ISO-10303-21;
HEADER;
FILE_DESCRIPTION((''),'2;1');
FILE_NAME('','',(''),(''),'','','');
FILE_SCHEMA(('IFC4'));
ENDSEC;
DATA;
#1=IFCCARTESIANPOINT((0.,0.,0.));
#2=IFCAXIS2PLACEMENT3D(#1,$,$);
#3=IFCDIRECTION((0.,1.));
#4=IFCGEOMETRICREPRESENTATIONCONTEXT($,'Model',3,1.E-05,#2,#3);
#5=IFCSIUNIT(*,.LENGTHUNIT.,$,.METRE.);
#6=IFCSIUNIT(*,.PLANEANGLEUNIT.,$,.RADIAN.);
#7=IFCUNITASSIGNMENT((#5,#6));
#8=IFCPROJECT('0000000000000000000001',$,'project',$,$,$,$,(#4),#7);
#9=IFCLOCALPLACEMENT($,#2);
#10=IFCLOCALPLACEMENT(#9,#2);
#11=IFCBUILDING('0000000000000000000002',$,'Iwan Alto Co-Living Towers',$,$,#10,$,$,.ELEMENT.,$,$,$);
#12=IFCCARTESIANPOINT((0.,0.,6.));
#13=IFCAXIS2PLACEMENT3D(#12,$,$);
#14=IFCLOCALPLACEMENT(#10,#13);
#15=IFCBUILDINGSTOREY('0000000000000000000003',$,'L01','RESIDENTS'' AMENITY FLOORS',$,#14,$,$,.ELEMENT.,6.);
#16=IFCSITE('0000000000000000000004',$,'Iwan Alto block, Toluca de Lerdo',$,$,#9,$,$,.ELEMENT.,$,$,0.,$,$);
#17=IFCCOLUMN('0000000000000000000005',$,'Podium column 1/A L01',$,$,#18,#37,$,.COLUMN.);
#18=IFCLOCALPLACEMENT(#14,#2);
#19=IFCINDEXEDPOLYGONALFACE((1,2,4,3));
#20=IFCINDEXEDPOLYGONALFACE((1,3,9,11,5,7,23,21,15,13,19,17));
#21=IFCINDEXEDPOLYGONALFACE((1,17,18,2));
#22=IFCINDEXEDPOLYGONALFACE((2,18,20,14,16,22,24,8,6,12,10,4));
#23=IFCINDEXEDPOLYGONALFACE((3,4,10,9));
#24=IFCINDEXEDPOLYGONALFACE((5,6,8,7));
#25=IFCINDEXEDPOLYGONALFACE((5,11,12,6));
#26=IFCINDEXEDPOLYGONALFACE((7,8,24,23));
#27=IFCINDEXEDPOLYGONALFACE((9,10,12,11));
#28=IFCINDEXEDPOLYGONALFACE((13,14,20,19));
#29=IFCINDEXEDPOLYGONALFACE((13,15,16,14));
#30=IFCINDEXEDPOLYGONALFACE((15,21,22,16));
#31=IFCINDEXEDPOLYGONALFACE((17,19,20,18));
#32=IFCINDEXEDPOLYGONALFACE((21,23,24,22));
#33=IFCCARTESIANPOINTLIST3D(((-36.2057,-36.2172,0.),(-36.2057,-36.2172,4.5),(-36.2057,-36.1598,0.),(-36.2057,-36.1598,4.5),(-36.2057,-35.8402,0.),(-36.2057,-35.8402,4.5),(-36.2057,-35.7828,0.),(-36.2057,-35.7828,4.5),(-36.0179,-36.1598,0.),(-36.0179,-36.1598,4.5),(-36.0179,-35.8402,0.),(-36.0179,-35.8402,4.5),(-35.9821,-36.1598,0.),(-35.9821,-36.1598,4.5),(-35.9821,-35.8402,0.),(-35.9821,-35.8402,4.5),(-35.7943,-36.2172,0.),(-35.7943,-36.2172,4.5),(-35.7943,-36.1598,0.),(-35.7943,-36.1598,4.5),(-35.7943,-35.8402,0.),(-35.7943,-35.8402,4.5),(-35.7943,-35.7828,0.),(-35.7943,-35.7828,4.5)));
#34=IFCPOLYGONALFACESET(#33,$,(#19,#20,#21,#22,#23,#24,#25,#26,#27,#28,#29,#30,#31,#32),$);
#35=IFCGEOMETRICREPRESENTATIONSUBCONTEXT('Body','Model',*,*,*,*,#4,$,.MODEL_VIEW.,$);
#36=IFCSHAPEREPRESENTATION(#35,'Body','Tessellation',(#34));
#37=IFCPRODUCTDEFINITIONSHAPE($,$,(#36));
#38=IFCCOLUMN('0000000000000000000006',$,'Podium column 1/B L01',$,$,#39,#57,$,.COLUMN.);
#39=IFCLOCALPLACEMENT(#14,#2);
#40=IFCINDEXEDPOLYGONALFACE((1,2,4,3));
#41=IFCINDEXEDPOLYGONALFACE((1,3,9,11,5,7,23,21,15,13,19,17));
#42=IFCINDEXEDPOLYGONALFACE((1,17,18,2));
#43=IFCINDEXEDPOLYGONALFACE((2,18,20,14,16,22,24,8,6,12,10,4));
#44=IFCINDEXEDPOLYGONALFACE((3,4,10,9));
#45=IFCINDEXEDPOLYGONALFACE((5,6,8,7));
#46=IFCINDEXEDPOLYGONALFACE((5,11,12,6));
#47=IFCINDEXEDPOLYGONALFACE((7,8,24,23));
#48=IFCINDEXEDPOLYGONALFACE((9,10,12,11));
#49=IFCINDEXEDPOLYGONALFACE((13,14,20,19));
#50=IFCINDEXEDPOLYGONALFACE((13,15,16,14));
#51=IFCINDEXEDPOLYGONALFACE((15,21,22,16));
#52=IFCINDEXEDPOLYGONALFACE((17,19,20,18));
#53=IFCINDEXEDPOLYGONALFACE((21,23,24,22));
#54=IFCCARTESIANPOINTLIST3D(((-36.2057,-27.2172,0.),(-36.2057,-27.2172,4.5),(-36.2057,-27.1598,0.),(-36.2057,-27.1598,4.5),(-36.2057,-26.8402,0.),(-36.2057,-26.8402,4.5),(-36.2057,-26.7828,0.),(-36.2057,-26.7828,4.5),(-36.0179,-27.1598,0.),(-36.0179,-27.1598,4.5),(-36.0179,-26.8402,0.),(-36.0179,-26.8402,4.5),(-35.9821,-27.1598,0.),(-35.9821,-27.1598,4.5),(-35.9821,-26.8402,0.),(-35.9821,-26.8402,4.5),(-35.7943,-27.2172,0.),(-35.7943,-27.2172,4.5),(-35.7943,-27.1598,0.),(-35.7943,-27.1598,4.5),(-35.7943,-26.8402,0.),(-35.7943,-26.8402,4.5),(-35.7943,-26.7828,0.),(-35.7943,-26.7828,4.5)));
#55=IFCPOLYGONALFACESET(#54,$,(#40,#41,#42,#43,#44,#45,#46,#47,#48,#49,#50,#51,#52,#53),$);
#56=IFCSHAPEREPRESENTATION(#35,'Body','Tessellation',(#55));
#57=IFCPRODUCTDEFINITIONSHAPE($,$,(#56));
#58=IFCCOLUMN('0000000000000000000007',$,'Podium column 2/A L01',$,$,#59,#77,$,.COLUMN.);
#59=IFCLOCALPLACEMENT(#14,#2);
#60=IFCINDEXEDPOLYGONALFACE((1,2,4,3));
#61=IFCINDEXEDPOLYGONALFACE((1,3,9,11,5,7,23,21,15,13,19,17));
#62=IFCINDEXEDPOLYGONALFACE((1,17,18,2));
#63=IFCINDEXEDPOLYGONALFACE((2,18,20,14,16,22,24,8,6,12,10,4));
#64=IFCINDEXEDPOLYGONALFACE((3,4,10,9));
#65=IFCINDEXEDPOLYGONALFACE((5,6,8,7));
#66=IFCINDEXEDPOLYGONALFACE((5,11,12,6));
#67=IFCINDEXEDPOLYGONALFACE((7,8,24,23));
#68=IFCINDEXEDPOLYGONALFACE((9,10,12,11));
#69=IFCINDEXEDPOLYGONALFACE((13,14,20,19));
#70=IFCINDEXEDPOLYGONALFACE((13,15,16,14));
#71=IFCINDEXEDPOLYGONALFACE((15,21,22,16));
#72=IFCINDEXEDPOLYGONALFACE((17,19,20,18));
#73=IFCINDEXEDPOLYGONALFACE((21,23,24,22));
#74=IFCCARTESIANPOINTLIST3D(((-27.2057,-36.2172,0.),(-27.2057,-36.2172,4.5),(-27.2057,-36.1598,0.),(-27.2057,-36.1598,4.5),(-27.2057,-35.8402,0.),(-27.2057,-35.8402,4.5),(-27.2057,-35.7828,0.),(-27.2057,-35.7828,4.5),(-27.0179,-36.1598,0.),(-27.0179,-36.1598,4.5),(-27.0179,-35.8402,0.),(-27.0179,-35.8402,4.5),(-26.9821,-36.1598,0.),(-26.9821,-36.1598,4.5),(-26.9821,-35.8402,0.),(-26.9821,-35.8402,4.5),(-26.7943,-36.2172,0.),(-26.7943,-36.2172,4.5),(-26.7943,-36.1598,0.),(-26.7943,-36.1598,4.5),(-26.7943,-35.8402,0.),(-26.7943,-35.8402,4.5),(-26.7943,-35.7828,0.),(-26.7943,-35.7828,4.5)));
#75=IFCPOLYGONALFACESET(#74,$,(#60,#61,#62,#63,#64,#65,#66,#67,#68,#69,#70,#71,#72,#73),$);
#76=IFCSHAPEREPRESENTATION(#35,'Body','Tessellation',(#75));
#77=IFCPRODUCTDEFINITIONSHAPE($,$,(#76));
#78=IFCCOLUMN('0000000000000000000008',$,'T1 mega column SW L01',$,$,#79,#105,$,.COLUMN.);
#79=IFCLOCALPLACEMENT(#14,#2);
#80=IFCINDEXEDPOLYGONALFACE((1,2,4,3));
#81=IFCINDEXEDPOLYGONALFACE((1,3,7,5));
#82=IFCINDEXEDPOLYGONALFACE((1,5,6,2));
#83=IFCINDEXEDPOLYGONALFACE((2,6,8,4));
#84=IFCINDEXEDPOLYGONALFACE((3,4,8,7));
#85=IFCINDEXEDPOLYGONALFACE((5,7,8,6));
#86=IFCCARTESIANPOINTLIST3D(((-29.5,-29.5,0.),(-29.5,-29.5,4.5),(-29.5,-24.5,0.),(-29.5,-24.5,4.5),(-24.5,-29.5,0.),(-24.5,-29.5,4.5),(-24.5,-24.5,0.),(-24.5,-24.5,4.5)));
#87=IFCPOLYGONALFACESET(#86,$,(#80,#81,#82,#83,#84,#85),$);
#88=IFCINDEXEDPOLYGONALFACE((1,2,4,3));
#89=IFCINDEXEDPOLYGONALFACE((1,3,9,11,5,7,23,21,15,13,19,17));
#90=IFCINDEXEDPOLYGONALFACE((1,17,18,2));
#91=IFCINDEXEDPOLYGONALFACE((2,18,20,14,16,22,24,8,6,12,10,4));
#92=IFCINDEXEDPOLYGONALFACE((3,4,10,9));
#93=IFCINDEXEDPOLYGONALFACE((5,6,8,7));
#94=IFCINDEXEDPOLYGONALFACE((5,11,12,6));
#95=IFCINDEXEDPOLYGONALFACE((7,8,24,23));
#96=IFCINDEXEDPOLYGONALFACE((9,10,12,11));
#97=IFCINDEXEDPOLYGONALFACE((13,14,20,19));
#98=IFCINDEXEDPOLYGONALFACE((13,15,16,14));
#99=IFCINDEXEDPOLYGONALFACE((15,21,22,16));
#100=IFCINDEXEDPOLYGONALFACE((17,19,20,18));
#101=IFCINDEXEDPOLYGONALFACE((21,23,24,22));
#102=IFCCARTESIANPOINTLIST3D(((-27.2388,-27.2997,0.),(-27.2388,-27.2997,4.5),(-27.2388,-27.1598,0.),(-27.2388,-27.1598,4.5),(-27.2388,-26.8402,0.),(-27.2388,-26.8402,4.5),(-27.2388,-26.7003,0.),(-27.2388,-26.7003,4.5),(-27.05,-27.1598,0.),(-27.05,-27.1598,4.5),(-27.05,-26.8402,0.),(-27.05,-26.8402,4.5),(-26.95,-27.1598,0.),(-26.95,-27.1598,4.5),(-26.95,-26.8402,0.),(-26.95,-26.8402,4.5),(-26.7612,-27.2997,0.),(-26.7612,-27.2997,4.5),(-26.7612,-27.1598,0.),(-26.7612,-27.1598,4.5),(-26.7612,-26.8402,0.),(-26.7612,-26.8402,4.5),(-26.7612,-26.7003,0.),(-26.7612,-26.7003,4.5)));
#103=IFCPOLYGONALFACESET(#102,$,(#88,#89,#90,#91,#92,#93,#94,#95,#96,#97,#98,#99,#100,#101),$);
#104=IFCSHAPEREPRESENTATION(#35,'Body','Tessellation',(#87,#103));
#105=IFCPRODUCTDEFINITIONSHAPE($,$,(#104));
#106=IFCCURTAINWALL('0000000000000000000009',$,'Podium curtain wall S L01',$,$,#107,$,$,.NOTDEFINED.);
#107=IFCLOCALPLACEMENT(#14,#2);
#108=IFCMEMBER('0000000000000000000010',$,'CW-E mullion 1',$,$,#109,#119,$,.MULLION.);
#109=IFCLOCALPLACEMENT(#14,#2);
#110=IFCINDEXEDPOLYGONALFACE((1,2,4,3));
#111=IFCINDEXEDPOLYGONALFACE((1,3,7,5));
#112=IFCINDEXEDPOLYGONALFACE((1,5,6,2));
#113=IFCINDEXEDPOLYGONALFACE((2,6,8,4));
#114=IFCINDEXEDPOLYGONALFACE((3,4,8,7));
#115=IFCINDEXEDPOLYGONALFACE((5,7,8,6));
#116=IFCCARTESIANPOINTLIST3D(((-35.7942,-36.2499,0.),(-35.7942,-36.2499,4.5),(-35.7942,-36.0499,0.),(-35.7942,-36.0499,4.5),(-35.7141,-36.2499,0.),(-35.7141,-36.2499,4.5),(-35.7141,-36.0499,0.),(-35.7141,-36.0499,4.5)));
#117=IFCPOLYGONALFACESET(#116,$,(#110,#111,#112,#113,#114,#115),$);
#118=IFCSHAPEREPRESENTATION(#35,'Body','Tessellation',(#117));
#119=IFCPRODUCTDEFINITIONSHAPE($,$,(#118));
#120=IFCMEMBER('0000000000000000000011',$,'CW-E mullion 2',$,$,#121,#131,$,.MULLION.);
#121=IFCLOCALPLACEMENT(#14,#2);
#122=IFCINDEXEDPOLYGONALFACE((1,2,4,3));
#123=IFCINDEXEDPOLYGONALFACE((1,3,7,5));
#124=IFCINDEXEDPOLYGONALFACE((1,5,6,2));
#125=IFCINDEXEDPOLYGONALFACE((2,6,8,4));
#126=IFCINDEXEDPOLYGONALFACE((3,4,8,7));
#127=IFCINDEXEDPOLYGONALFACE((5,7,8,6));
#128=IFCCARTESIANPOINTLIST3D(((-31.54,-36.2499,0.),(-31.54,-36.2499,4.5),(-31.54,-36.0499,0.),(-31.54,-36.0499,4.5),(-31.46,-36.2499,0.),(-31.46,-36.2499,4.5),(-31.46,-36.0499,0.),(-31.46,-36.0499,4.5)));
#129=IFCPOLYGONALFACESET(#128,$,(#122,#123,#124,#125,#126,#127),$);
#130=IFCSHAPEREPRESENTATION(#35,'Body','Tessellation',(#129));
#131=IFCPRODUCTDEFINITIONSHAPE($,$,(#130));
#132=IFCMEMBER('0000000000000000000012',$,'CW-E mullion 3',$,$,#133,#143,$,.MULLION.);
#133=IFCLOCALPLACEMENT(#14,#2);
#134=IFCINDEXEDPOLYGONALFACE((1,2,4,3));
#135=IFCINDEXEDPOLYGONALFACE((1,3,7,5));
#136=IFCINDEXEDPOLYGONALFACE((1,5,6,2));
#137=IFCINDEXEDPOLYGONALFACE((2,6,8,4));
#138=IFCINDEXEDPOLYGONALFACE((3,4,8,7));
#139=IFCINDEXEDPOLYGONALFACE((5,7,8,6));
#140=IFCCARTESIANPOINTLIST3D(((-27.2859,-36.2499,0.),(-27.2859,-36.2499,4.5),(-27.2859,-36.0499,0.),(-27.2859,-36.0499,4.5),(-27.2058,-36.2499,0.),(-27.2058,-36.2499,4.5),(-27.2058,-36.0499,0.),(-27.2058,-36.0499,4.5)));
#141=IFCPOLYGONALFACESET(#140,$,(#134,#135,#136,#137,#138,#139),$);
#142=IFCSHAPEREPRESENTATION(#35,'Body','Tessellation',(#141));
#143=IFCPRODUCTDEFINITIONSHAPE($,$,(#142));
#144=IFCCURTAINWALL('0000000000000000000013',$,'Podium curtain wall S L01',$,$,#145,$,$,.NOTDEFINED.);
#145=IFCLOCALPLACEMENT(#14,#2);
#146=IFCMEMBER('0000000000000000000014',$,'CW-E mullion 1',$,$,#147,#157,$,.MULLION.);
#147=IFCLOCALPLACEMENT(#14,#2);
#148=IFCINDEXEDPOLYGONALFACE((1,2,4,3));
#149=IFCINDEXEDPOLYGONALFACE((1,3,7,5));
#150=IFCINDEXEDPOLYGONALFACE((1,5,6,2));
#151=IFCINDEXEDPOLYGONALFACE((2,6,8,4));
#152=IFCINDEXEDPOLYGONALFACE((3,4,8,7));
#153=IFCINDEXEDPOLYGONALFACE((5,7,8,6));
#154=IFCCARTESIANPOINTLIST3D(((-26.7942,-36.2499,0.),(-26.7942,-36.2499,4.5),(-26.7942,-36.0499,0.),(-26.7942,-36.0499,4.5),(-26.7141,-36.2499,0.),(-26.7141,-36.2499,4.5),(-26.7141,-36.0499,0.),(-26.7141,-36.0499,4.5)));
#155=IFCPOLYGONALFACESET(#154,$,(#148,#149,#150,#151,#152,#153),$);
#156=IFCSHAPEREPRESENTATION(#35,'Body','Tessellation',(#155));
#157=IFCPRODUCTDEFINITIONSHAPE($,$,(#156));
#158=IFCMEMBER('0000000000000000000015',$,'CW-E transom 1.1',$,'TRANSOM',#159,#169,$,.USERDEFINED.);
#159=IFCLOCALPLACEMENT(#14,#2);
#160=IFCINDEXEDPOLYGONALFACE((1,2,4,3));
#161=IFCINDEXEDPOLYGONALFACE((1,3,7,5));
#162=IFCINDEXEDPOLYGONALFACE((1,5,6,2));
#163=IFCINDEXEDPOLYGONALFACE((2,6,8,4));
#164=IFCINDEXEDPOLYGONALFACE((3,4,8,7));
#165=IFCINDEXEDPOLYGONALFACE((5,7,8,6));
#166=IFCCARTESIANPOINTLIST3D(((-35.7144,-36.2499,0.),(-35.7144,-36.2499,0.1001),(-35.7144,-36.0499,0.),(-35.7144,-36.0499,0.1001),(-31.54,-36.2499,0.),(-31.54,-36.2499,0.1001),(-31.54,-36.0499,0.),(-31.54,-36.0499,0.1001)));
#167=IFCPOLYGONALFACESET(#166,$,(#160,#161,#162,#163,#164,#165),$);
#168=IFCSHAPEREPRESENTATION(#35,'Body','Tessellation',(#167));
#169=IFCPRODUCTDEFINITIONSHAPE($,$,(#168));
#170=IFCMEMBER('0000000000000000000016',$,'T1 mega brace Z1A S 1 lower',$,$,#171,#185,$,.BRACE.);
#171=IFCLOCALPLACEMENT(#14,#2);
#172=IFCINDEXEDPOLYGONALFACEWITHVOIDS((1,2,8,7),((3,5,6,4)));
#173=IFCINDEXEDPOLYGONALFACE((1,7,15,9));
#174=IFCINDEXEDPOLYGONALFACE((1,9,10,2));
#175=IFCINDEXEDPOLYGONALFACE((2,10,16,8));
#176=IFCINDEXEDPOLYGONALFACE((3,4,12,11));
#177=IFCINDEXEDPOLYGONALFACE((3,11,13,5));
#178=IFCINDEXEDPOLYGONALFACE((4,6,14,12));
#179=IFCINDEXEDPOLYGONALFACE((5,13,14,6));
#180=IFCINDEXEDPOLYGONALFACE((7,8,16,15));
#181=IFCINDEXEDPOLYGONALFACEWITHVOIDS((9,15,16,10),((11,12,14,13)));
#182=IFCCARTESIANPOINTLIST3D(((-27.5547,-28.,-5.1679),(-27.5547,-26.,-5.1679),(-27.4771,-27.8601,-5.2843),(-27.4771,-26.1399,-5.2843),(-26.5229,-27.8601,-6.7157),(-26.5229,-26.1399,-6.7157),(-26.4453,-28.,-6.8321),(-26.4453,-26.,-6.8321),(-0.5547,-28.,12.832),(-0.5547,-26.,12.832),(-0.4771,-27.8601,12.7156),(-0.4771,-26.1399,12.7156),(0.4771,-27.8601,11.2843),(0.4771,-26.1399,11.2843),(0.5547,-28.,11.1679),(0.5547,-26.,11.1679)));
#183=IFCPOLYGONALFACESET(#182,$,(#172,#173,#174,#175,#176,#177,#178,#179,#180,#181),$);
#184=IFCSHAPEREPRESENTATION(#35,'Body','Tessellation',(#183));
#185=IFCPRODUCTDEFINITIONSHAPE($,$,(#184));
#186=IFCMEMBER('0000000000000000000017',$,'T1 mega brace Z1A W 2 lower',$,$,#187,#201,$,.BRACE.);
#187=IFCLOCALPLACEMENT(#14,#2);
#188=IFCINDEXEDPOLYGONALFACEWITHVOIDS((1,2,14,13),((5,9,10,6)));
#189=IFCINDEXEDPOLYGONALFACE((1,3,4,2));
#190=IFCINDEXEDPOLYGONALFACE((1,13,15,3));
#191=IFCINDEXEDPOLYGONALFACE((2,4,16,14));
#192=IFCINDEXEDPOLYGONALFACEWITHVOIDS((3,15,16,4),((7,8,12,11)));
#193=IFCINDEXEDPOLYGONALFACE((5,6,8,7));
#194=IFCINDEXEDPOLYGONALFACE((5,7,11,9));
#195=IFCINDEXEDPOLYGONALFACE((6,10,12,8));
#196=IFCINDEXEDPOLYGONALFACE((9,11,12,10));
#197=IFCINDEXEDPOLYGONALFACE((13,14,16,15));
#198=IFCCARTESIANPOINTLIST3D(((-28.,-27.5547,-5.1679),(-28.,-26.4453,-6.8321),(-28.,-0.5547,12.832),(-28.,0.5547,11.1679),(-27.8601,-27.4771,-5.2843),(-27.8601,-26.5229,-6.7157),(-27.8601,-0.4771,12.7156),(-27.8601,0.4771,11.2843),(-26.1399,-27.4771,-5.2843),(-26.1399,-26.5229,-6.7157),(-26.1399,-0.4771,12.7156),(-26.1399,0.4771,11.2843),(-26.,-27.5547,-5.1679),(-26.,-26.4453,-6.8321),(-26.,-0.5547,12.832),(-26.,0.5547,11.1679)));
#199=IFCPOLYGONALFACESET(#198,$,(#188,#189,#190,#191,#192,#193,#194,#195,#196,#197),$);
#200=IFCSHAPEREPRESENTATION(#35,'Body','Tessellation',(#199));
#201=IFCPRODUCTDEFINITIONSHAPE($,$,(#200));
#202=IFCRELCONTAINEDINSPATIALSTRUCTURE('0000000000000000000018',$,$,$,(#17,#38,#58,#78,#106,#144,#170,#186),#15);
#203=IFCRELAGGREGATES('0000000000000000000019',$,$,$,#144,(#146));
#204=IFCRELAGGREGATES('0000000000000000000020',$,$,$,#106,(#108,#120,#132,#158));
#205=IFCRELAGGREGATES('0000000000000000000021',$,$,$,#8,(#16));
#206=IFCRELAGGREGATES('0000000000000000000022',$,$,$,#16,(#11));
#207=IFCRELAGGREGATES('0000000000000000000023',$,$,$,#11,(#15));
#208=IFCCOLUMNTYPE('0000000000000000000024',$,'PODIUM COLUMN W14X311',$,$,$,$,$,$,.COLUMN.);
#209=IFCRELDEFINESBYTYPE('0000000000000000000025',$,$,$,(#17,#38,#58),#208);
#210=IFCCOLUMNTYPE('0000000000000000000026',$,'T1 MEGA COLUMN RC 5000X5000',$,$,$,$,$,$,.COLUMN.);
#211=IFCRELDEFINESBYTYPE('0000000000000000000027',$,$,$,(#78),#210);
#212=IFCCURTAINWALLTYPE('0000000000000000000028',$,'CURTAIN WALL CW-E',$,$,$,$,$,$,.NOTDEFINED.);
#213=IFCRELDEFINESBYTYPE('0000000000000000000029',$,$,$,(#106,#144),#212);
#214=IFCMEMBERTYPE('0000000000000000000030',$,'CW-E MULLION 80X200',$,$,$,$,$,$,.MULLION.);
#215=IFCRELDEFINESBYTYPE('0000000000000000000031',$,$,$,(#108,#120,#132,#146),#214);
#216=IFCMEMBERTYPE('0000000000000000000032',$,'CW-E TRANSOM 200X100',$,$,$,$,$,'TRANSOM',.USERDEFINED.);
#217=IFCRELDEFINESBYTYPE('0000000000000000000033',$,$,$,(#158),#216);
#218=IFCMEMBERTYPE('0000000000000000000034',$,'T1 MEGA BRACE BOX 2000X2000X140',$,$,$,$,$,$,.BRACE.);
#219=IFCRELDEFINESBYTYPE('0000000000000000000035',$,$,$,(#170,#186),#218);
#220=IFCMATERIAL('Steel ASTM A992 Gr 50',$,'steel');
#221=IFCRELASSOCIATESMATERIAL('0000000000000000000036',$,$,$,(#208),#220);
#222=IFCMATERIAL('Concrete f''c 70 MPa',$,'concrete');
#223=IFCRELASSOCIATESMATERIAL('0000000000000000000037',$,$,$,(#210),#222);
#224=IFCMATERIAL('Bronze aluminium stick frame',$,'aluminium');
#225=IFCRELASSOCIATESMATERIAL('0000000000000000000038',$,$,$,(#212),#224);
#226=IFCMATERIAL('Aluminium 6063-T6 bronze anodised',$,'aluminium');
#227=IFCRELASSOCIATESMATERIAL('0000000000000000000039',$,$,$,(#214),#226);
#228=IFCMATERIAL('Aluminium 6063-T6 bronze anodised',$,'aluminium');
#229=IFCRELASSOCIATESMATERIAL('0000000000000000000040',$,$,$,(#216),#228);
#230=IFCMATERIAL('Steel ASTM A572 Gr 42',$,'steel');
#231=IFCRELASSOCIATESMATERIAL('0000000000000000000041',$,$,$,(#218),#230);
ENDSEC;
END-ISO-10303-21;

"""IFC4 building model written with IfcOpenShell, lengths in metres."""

from ifc_helpers import new_model, si_unit, direction, frame, origin, origin_2d, place, context, subcontext, project, spatial, rectangle, hollow_rectangle, i_section, extrude, material, material_profile, profile_set, type_object, element, aggregate, save


model = new_model("IFC4")

# Units and contexts
model_context = context("Model", 3, precision=1e-05, world=origin(), true_north=direction((0.0, 1.0)))
body_context = subcontext(model_context, "Body", "Model", "MODEL_VIEW")
ifc_project = project(units=[si_unit("LENGTHUNIT", "METRE"), si_unit("PLANEANGLEUNIT", "RADIAN")], contexts=[model_context])

# Site, building, storey
site_placement = place(None, origin())
site = spatial("IfcSite", under=ifc_project, at=site_placement, Name="Iwan Alto block, Toluca de Lerdo", CompositionType="ELEMENT", RefElevation=0.0)
building_placement = place(site_placement, origin())
building = spatial("IfcBuilding", under=site, at=building_placement, Name="Iwan Alto Co-Living Towers", CompositionType="ELEMENT")
storey_placement = place(building_placement, frame((0.0, 0.0, 6.0)))
storey = spatial("IfcBuildingStorey", under=building, at=storey_placement, Name="L01", Description="RESIDENTS' AMENITY FLOORS", CompositionType="ELEMENT", Elevation=6.0)

# Columns
ifc_material_1 = material(Name="Steel ASTM A992 Gr 50", Category="steel")
ifc_material_profile_1 = material_profile(ifc_material_1, i_section(OverallWidth=0.4114, OverallDepth=0.4343, WebThickness=0.0359, FlangeThickness=0.0574, at=origin_2d()), Name="W14X311")
ifc_profile_set_1 = profile_set([ifc_material_profile_1], Name="Steel ASTM A992 Gr 50")
column_type_1 = type_object("IfcColumnType", Name="PODIUM COLUMN W14X311", PredefinedType="COLUMN", material=ifc_profile_set_1)
for number, where, z_axis, x_axis, name in (
    (1, (-36.0, -36.0, 0.0), (0.0, 0.0, 1.0), (1.0, 0.0, 0.0), "Podium column 1/A L01"),
    (2, (-36.0, -27.0, 0.0), (0.0, 0.0, 1.0), (1.0, 0.0, 0.0), "Podium column 1/B L01"),
    (3, (-27.0, -36.0, 0.0), (0.0, 0.0, 1.0), (1.0, 0.0, 0.0), "Podium column 2/A L01"),
):
    element("IfcColumn", number, at=place(storey_placement, frame(where, z_axis=z_axis, x_axis=x_axis)), inside=storey, type_object=column_type_1, Name=name, PredefinedType="COLUMN", context=body_context, shape_type="SweptSolid", body=[
        extrude(i_section(OverallWidth=0.4114, OverallDepth=0.4343, WebThickness=0.0359, FlangeThickness=0.0574, at=origin_2d()), origin(), (0.0, 0.0, 1.0), 4.5),
    ])
ifc_material_2 = material(Name="Concrete f'c 70 MPa", Category="concrete")
ifc_material_profile_2 = material_profile(ifc_material_2, rectangle(XDim=5.0, YDim=5.0, at=origin_2d()), Name="RC 5000X5000")
ifc_profile_set_2 = profile_set([ifc_material_profile_2], Name="Concrete f'c 70 MPa")
column_type_2 = type_object("IfcColumnType", Name="T1 MEGA COLUMN RC 5000X5000", PredefinedType="COLUMN", material=ifc_profile_set_2)
column_placement = place(storey_placement, frame((-27.0, -27.0, 0.0), z_axis=(0.0, 0.0, 1.0), x_axis=(1.0, 0.0, 0.0)))
element("IfcColumn", 4, at=column_placement, inside=storey, type_object=column_type_2, Name="T1 mega column SW L01", PredefinedType="COLUMN", context=body_context, shape_type="SweptSolid", body=[
    extrude(rectangle(XDim=5.0, YDim=5.0, at=origin_2d()), origin(), (0.0, 0.0, 1.0), 4.5),
    extrude(i_section(OverallWidth=0.4775, OverallDepth=0.5994, WebThickness=0.1001, FlangeThickness=0.1399, at=origin_2d()), origin(), (0.0, 0.0, 1.0), 4.5),
])

# Curtain wall, members
ifc_material_3 = material(Name="Bronze aluminium stick frame", Category="aluminium")
curtain_wall_type = type_object("IfcCurtainWallType", Name="CURTAIN WALL CW-E", PredefinedType="NOTDEFINED", material=ifc_material_3)
curtain_wall_1_placement = place(storey_placement, origin())
curtain_wall_1 = element("IfcCurtainWall", 5, at=curtain_wall_1_placement, inside=storey, type_object=curtain_wall_type, Name="Podium curtain wall S L01", PredefinedType="NOTDEFINED")
ifc_material_4 = material(Name="Aluminium 6063-T6 bronze anodised", Category="aluminium")
ifc_material_profile_3 = material_profile(ifc_material_4, rectangle(XDim=0.2, YDim=0.0801, at=origin_2d()), Name="AL 80X200")
ifc_profile_set_3 = profile_set([ifc_material_profile_3], Name="Aluminium 6063-T6 bronze anodised")
member_type_1 = type_object("IfcMemberType", Name="CW-E MULLION 80X200", PredefinedType="MULLION", material=ifc_profile_set_3)
member_1_placement = place(storey_placement, frame((-35.7542, -36.1499, 0.0), z_axis=(0.0, 0.0, 1.0), x_axis=(0.0, 1.0, 0.0)))
member_1 = element("IfcMember", 6, at=member_1_placement, type_object=member_type_1, Name="CW-E mullion 1", PredefinedType="MULLION", context=body_context, shape_type="SweptSolid", body=[
    extrude(rectangle(XDim=0.2, YDim=0.0801, at=origin_2d()), origin(), (0.0, 0.0, 1.0), 4.5),
])
member_2_placement = place(storey_placement, frame((-31.5, -36.1499, 0.0), z_axis=(0.0, 0.0, 1.0), x_axis=(0.0, 1.0, 0.0)))
member_2 = element("IfcMember", 7, at=member_2_placement, type_object=member_type_1, Name="CW-E mullion 2", PredefinedType="MULLION", context=body_context, shape_type="SweptSolid", body=[
    extrude(rectangle(XDim=0.2, YDim=0.0801, at=origin_2d()), origin(), (0.0, 0.0, 1.0), 4.5),
])
member_3_placement = place(storey_placement, frame((-27.2458, -36.1499, 0.0), z_axis=(0.0, 0.0, 1.0), x_axis=(0.0, 1.0, 0.0)))
member_3 = element("IfcMember", 8, at=member_3_placement, type_object=member_type_1, Name="CW-E mullion 3", PredefinedType="MULLION", context=body_context, shape_type="SweptSolid", body=[
    extrude(rectangle(XDim=0.2, YDim=0.0801, at=origin_2d()), origin(), (0.0, 0.0, 1.0), 4.5),
])

# Curtain wall, member
curtain_wall_2_placement = place(storey_placement, origin())
curtain_wall_2 = element("IfcCurtainWall", 9, at=curtain_wall_2_placement, inside=storey, type_object=curtain_wall_type, Name="Podium curtain wall S L01", PredefinedType="NOTDEFINED")
member_4_placement = place(storey_placement, frame((-26.7542, -36.1499, 0.0), z_axis=(0.0, 0.0, 1.0), x_axis=(0.0, 1.0, 0.0)))
member_4 = element("IfcMember", 10, at=member_4_placement, type_object=member_type_1, Name="CW-E mullion 1", PredefinedType="MULLION", context=body_context, shape_type="SweptSolid", body=[
    extrude(rectangle(XDim=0.2, YDim=0.0801, at=origin_2d()), origin(), (0.0, 0.0, 1.0), 4.5),
])
aggregate(curtain_wall_2, [member_4])

# Member
ifc_material_5 = material(Name="Aluminium 6063-T6 bronze anodised", Category="aluminium")
ifc_material_profile_4 = material_profile(ifc_material_5, rectangle(XDim=0.2, YDim=0.1001, at=origin_2d()), Name="AL 200X100")
ifc_profile_set_4 = profile_set([ifc_material_profile_4], Name="Aluminium 6063-T6 bronze anodised")
member_type_2 = type_object("IfcMemberType", Name="CW-E TRANSOM 200X100", ElementType="TRANSOM", PredefinedType="USERDEFINED", material=ifc_profile_set_4)
member_5_placement = place(storey_placement, frame((-35.7144, -36.1499, 0.05), z_axis=(1.0, 0.0, 0.0), x_axis=(0.0, 1.0, 0.0)))
member_5 = element("IfcMember", 11, at=member_5_placement, type_object=member_type_2, Name="CW-E transom 1.1", ObjectType="TRANSOM", PredefinedType="USERDEFINED", context=body_context, shape_type="SweptSolid", body=[
    extrude(rectangle(XDim=0.2, YDim=0.1001, at=origin_2d()), origin(), (0.0, 0.0, 1.0), 4.1743),
])
aggregate(curtain_wall_1, [member_1, member_2, member_3, member_5])

# Members
ifc_material_6 = material(Name="Steel ASTM A572 Gr 42", Category="steel")
ifc_material_profile_5 = material_profile(ifc_material_6, hollow_rectangle(XDim=2.0, YDim=2.0, WallThickness=0.1399, at=origin_2d()), Name="BOX 2000X2000X140")
ifc_profile_set_5 = profile_set([ifc_material_profile_5], Name="Steel ASTM A572 Gr 42")
member_type_3 = type_object("IfcMemberType", Name="T1 MEGA BRACE BOX 2000X2000X140", PredefinedType="BRACE", material=ifc_profile_set_5)
for number, where, z_axis, x_axis, name in (
    (12, (-27.0, -27.0, -6.0), (0.83205, 0.0, 0.5547), (0.0, 1.0, 0.0), "T1 mega brace Z1A S 1 lower"),
    (13, (-27.0, -27.0, -6.0), (0.0, 0.83205, 0.5547), (-1.0, 0.0, 0.0), "T1 mega brace Z1A W 2 lower"),
):
    element("IfcMember", number, at=place(storey_placement, frame(where, z_axis=z_axis, x_axis=x_axis)), inside=storey, type_object=member_type_3, Name=name, PredefinedType="BRACE", context=body_context, shape_type="SweptSolid", body=[
        extrude(hollow_rectangle(XDim=2.0, YDim=2.0, WallThickness=0.1399, at=origin_2d()), origin(), (0.0, 0.0, 1.0), 32.45),
    ])

save(model, "model.ifc")
